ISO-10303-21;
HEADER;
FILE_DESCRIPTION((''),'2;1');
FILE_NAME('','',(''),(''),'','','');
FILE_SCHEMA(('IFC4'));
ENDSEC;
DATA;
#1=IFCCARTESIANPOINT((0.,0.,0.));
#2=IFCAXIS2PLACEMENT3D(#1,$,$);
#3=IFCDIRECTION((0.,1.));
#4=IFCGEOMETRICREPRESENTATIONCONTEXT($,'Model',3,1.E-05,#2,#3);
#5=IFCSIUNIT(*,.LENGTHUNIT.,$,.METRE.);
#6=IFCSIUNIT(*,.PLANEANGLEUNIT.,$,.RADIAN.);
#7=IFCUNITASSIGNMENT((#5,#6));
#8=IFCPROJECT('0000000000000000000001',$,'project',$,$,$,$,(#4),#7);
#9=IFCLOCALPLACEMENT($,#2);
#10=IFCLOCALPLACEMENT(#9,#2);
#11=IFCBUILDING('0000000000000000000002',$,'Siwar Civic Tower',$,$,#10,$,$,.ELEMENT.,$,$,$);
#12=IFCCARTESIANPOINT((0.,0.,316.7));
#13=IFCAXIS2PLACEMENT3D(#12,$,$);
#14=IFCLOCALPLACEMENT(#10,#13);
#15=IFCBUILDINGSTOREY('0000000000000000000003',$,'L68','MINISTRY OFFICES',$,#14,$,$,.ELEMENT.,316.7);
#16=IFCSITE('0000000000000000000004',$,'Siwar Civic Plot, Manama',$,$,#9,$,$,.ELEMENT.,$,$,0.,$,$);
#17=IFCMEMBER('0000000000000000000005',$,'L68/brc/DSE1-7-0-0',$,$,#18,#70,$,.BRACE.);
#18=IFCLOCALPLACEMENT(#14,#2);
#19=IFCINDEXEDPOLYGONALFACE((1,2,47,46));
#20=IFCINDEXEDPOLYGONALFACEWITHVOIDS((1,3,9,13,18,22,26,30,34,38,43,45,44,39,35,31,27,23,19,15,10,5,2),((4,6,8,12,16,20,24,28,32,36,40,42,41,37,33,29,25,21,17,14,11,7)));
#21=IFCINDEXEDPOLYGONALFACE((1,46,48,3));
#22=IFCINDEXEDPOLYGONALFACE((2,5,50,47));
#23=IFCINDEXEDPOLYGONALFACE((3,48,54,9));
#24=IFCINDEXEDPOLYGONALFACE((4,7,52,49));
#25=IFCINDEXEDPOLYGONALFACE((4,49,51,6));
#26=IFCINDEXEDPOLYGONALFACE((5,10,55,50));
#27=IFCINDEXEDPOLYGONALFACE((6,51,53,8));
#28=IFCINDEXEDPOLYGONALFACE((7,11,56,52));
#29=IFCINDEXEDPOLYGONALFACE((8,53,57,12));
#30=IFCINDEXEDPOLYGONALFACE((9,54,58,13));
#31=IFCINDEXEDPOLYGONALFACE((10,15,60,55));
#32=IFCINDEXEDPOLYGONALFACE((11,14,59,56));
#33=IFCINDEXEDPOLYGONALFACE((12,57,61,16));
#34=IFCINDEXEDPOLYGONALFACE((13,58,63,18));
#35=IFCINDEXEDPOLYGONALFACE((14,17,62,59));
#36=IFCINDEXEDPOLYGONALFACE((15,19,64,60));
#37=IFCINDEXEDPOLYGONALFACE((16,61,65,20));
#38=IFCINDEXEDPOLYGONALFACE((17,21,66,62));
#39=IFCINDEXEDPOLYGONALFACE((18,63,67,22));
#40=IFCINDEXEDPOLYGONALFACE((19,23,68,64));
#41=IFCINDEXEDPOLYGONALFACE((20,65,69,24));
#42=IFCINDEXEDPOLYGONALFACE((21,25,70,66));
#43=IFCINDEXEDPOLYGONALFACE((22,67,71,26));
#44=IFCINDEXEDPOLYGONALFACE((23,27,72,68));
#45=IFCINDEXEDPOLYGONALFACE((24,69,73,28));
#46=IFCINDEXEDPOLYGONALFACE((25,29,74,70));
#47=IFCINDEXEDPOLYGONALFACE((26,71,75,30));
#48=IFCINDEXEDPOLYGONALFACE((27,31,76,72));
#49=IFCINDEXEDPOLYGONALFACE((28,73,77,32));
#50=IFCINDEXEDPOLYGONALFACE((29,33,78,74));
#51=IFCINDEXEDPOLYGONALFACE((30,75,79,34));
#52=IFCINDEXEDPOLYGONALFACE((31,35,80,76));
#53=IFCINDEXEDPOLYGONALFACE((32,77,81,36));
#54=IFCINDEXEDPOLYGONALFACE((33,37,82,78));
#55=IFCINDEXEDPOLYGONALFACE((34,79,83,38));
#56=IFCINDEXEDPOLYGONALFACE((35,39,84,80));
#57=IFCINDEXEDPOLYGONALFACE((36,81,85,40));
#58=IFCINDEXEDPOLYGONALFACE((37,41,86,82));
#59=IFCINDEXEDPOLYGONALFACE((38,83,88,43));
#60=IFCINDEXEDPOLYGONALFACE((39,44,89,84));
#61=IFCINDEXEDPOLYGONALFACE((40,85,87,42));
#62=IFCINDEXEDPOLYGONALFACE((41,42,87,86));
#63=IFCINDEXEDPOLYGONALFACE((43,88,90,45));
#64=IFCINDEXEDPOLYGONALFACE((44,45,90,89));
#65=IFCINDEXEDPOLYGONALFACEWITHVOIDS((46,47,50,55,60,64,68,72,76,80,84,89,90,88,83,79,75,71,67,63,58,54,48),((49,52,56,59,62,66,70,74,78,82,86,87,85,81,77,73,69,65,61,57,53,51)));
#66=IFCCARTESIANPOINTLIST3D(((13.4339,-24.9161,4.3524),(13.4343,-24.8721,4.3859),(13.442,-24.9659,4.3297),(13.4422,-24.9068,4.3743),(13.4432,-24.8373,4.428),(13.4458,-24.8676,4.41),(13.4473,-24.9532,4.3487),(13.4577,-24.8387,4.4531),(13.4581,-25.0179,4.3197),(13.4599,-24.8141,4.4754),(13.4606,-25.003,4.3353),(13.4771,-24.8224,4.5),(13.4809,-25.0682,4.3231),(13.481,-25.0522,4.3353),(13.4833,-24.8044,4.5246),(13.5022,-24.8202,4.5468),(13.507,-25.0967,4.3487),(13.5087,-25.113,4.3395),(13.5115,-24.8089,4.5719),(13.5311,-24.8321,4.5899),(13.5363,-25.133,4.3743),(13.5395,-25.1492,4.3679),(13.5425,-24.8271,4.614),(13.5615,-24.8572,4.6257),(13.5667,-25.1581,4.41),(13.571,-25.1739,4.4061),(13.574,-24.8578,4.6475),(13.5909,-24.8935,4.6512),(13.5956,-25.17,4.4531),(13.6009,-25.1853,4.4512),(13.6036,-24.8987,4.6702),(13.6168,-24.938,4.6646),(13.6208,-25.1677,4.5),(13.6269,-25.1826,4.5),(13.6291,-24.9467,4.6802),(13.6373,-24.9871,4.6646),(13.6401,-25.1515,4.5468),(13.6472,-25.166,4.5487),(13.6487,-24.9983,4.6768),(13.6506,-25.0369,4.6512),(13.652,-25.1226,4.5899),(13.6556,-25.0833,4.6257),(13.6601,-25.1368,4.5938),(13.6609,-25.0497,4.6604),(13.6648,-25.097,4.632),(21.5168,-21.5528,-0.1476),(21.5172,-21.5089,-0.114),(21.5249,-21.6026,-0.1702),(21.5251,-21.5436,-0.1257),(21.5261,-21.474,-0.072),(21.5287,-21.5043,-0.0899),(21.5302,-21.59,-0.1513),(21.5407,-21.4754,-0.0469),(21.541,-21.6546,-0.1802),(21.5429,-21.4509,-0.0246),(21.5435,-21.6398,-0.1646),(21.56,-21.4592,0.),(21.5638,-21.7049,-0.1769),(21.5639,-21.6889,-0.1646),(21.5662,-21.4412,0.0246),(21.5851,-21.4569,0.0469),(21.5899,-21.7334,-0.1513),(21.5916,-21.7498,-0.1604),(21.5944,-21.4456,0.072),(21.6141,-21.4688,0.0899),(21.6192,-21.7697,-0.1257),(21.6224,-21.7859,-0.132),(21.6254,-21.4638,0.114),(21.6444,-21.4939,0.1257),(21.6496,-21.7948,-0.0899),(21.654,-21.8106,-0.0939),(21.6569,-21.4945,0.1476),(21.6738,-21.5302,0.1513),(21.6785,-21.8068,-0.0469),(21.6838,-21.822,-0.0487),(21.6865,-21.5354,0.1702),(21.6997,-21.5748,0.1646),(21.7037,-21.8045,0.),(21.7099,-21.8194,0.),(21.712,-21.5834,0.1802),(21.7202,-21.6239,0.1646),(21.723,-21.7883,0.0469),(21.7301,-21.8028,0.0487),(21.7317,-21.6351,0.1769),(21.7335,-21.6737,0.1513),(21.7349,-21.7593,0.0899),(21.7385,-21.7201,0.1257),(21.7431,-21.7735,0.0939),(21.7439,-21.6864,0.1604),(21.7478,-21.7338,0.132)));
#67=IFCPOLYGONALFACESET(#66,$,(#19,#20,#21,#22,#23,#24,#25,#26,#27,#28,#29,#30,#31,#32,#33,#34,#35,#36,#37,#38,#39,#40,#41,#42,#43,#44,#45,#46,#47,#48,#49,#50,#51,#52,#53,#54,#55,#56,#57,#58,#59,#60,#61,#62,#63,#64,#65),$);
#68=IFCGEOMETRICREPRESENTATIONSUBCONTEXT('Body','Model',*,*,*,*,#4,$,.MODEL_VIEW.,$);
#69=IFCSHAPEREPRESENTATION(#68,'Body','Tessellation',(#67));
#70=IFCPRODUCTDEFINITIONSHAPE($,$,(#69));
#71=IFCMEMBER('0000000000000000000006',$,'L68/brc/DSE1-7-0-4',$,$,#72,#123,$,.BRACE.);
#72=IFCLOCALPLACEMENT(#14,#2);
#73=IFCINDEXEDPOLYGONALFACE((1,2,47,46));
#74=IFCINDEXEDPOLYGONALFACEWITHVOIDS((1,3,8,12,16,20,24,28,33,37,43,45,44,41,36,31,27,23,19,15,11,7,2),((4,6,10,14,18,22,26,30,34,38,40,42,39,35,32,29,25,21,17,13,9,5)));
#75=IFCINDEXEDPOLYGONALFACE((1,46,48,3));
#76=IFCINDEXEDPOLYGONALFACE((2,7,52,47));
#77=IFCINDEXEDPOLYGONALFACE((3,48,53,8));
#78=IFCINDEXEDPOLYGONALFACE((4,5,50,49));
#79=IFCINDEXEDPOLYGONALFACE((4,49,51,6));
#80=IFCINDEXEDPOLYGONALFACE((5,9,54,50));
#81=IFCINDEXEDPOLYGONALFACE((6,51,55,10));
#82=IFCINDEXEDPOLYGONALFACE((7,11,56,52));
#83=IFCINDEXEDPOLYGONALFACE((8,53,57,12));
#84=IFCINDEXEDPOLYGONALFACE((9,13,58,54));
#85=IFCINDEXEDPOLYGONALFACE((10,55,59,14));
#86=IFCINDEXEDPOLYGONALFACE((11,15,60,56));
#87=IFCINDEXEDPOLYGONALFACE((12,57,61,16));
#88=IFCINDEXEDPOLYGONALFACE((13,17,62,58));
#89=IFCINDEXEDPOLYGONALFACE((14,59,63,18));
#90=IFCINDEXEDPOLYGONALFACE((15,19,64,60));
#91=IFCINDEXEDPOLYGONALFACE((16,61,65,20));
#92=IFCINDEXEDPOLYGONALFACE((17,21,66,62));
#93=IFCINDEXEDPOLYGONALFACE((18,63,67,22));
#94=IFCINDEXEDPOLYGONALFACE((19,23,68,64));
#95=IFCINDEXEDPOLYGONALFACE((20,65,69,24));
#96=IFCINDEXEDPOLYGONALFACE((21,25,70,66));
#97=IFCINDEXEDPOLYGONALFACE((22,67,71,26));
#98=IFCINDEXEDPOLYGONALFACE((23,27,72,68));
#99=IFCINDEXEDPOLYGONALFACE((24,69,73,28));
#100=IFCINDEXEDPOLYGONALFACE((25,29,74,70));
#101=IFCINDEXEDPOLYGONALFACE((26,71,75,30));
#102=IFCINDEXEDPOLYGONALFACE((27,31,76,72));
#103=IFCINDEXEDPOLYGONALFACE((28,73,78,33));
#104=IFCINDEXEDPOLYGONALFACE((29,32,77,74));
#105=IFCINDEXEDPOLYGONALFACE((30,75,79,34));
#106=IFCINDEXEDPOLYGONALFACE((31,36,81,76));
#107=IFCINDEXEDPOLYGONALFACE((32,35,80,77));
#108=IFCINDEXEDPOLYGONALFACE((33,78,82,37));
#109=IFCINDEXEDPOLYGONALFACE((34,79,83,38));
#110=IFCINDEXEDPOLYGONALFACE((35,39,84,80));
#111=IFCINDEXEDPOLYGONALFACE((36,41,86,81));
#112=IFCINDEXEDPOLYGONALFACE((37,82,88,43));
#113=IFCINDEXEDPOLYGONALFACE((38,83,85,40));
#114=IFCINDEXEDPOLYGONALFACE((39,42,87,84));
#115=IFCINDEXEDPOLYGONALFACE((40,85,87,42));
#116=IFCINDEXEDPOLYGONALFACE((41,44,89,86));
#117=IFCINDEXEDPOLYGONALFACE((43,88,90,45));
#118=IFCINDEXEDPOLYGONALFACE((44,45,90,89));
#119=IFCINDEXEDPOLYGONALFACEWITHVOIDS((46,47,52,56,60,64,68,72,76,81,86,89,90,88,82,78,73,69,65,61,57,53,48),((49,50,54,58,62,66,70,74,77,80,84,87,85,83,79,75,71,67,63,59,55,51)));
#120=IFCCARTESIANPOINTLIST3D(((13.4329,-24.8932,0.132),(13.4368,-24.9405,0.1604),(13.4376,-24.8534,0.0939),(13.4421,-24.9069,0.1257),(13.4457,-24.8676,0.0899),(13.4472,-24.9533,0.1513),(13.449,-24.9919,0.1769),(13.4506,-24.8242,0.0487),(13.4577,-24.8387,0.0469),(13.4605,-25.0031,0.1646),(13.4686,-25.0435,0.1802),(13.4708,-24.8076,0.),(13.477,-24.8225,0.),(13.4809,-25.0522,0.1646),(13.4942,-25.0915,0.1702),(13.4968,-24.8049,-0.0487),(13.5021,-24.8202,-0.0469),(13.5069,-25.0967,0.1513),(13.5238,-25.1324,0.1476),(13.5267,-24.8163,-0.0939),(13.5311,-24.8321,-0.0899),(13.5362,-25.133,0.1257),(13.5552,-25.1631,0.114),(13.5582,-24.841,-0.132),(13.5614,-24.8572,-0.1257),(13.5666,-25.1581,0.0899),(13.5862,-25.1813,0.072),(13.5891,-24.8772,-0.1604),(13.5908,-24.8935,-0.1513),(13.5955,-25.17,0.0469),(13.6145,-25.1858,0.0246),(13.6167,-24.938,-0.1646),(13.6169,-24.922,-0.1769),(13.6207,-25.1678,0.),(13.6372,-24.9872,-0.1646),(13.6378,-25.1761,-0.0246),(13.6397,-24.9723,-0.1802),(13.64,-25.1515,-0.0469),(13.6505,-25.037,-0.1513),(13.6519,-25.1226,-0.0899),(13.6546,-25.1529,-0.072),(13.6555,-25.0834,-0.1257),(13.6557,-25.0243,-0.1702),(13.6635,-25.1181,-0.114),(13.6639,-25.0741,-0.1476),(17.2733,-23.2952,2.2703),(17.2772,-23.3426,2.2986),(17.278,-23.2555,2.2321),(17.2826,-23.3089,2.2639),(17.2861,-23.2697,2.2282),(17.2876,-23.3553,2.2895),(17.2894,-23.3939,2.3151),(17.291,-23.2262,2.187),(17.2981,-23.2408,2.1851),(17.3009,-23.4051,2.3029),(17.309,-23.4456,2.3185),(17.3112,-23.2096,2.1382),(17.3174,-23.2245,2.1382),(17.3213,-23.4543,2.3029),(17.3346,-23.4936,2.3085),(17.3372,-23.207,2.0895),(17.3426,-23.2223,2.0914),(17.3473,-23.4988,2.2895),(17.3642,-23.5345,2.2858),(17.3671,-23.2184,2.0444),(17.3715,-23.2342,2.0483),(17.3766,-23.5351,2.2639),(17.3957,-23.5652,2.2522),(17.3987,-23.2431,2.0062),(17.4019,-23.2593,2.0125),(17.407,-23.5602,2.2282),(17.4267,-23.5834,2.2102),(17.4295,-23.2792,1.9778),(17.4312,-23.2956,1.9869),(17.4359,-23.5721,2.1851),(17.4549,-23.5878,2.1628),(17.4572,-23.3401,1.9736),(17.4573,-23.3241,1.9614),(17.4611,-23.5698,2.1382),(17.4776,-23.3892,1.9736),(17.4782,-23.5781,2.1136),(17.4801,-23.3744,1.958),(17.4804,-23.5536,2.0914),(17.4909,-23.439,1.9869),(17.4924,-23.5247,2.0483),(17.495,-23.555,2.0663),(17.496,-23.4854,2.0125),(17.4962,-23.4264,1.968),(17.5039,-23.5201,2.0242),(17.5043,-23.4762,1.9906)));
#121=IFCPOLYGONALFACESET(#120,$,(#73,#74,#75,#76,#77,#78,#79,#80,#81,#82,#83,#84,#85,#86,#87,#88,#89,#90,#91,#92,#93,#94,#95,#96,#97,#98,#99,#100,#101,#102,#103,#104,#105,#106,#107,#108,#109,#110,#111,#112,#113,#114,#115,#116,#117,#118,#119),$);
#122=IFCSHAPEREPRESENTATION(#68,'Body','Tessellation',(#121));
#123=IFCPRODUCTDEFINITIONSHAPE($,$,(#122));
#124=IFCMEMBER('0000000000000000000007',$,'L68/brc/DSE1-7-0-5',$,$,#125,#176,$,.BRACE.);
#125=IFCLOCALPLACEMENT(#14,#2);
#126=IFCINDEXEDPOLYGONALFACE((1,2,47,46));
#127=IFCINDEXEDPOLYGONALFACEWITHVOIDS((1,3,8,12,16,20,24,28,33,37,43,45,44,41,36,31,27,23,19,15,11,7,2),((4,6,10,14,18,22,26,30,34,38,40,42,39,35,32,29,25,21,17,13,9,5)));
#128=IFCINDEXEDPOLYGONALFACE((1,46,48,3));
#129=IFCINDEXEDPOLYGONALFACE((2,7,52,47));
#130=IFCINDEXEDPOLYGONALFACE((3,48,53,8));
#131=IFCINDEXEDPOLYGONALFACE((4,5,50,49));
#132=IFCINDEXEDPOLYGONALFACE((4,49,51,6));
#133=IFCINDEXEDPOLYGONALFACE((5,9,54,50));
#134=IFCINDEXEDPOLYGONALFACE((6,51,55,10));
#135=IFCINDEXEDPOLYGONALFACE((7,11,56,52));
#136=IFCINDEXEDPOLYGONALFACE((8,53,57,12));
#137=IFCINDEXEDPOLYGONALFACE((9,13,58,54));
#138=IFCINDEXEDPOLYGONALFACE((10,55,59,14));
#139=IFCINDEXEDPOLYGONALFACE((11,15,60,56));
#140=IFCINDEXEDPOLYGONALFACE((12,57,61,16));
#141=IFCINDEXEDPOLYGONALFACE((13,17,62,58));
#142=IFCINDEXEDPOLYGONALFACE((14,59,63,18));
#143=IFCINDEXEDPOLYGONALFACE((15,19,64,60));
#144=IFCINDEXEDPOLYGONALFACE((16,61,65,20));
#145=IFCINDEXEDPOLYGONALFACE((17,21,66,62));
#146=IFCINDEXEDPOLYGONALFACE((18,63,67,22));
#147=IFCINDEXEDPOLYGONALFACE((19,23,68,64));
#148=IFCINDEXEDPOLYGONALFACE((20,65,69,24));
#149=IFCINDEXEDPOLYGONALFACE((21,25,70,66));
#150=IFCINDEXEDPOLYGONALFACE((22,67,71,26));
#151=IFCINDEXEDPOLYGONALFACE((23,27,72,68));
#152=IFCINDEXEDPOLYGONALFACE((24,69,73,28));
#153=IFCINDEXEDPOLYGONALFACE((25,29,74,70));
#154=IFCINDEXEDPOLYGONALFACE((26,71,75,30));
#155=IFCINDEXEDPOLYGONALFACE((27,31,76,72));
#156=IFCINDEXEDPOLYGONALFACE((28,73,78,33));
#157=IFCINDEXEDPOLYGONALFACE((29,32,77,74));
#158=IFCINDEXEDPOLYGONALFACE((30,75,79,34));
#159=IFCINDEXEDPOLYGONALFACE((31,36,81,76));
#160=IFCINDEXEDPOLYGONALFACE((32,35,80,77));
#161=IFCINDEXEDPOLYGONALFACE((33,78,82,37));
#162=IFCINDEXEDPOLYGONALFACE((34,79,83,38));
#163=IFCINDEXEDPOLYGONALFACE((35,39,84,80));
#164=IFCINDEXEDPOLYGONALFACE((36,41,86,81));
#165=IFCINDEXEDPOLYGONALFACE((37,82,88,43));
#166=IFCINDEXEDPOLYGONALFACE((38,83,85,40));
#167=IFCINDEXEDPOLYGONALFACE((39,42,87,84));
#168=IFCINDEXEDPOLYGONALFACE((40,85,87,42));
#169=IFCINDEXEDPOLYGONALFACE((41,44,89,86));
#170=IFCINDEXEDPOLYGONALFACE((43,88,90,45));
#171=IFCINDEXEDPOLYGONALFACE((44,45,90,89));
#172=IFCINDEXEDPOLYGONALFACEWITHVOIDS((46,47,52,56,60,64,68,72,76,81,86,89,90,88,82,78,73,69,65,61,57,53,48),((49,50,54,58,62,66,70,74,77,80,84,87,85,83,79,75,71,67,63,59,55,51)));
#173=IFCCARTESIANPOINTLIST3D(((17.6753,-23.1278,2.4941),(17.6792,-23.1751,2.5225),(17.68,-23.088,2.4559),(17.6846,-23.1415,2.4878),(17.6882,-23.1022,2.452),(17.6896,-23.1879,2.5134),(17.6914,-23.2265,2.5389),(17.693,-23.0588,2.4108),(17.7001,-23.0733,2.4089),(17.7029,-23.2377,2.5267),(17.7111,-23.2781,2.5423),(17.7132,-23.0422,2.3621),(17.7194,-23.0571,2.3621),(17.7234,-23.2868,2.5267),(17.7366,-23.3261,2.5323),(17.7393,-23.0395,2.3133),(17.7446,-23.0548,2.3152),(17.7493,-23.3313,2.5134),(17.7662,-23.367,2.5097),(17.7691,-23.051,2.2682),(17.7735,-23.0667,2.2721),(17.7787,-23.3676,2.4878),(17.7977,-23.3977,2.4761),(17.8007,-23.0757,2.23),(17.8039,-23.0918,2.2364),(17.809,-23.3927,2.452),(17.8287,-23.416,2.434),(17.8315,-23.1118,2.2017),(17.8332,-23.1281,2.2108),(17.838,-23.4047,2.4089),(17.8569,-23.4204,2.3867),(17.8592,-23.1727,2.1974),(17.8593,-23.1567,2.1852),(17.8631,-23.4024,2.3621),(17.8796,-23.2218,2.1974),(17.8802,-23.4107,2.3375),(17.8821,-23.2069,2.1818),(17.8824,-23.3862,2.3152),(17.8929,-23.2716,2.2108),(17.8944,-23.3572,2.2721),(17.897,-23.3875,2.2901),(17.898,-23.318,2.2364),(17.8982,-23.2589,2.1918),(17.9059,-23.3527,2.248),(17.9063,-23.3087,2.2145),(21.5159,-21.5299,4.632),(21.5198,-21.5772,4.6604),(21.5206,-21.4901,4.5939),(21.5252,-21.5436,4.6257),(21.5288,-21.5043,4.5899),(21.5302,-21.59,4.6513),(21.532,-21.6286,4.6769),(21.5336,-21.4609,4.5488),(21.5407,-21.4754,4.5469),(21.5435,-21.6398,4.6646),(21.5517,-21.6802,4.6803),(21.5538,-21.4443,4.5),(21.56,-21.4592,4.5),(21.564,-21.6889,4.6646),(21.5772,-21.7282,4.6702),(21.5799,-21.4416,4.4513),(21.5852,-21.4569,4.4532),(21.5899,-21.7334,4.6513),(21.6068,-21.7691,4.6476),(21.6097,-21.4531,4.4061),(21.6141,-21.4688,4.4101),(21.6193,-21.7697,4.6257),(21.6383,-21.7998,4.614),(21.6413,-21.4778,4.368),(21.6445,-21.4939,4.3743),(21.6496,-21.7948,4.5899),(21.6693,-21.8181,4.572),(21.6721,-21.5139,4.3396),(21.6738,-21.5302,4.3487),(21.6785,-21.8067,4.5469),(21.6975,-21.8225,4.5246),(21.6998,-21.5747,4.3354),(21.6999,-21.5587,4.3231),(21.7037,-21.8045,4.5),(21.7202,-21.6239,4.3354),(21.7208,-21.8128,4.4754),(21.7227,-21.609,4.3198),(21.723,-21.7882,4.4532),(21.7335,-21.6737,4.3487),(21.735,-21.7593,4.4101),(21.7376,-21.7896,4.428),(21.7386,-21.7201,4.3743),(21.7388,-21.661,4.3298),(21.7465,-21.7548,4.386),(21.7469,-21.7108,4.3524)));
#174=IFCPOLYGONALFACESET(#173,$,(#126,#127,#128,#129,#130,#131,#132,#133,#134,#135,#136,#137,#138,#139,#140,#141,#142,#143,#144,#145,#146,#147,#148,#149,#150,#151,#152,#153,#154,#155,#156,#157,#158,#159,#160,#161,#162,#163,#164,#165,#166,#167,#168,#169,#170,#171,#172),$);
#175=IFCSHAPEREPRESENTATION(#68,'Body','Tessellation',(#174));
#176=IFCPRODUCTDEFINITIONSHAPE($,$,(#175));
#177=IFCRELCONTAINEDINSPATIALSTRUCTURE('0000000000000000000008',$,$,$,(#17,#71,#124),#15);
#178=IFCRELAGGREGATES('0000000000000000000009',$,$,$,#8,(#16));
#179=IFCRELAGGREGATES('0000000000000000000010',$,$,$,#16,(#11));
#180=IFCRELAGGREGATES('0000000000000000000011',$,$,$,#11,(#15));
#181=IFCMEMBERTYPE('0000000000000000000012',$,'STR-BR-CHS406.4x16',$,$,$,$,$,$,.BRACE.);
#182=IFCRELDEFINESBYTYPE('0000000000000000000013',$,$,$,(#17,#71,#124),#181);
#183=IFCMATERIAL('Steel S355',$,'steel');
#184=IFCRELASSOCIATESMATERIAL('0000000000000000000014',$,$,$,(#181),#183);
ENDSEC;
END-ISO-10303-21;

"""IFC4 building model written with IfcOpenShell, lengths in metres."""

from ifc_helpers import new_model, si_unit, direction, frame, origin, origin_2d, place, context, subcontext, project, spatial, hollow_circle, extrude, material, material_profile, profile_set, type_object, element, save


model = new_model("IFC4")

# Units and contexts
model_context = context("Model", 3, precision=1e-05, world=origin(), true_north=direction((0.0, 1.0)))
body_context = subcontext(model_context, "Body", "Model", "MODEL_VIEW")
ifc_project = project(units=[si_unit("LENGTHUNIT", "METRE"), si_unit("PLANEANGLEUNIT", "RADIAN")], contexts=[model_context])

# Site, building, storey
site_placement = place(None, origin())
site = spatial("IfcSite", under=ifc_project, at=site_placement, Name="Siwar Civic Plot, Manama", CompositionType="ELEMENT", RefElevation=0.0)
building_placement = place(site_placement, origin())
building = spatial("IfcBuilding", under=site, at=building_placement, Name="Siwar Civic Tower", CompositionType="ELEMENT")
storey_placement = place(building_placement, frame((0.0, 0.0, 316.7)))
storey = spatial("IfcBuildingStorey", under=building, at=storey_placement, Name="L68", Description="MINISTRY OFFICES", CompositionType="ELEMENT", Elevation=316.7)

# Members
ifc_material_1 = material(Name="Steel S355", Category="steel")
ifc_material_profile_1 = material_profile(ifc_material_1, hollow_circle(Radius=0.2031, WallThickness=0.0161, at=origin_2d()), Name="CHS406.4x16")
ifc_profile_set_1 = profile_set([ifc_material_profile_1], Name="Steel S355")
member_type_1 = type_object("IfcMemberType", Name="STR-BR-CHS406.4x16", PredefinedType="BRACE", material=ifc_profile_set_1)
member_1_placement = place(storey_placement, frame((21.6318, -21.6318, 0.0), z_axis=(-0.821143, -0.341671, 0.457149), x_axis=(0.384164, -0.923265, 0.0)))
element("IfcMember", 1, at=member_1_placement, inside=storey, type_object=member_type_1, Name="L68/brc/DSE1-7-0-0", PredefinedType="BRACE", context=body_context, shape_type="SweptSolid", body=[
    extrude(hollow_circle(Radius=0.2031, WallThickness=0.0161, at=origin_2d()), origin(), (0.0, 0.0, 1.0), 9.8435),
])
for number, where, z_axis, x_axis, name in (
    (2, (13.5488, -24.9951, 0.0), (0.82113, 0.341659, 0.457181), (-0.384157, 0.923268, 0.0), "L68/brc/DSE1-7-0-4"),
    (3, (17.7913, -23.2297, 2.3621), (0.821167, 0.341653, 0.45712), (-0.384136, 0.923276, 0.0), "L68/brc/DSE1-7-0-5"),
):
    element("IfcMember", number, at=place(storey_placement, frame(where, z_axis=z_axis, x_axis=x_axis)), inside=storey, type_object=member_type_1, Name=name, PredefinedType="BRACE", context=body_context, shape_type="SweptSolid", body=[
        extrude(hollow_circle(Radius=0.2031, WallThickness=0.0161, at=origin_2d()), origin(), (0.0, 0.0, 1.0), 4.677),
    ])

save(model, "model.ifc")
